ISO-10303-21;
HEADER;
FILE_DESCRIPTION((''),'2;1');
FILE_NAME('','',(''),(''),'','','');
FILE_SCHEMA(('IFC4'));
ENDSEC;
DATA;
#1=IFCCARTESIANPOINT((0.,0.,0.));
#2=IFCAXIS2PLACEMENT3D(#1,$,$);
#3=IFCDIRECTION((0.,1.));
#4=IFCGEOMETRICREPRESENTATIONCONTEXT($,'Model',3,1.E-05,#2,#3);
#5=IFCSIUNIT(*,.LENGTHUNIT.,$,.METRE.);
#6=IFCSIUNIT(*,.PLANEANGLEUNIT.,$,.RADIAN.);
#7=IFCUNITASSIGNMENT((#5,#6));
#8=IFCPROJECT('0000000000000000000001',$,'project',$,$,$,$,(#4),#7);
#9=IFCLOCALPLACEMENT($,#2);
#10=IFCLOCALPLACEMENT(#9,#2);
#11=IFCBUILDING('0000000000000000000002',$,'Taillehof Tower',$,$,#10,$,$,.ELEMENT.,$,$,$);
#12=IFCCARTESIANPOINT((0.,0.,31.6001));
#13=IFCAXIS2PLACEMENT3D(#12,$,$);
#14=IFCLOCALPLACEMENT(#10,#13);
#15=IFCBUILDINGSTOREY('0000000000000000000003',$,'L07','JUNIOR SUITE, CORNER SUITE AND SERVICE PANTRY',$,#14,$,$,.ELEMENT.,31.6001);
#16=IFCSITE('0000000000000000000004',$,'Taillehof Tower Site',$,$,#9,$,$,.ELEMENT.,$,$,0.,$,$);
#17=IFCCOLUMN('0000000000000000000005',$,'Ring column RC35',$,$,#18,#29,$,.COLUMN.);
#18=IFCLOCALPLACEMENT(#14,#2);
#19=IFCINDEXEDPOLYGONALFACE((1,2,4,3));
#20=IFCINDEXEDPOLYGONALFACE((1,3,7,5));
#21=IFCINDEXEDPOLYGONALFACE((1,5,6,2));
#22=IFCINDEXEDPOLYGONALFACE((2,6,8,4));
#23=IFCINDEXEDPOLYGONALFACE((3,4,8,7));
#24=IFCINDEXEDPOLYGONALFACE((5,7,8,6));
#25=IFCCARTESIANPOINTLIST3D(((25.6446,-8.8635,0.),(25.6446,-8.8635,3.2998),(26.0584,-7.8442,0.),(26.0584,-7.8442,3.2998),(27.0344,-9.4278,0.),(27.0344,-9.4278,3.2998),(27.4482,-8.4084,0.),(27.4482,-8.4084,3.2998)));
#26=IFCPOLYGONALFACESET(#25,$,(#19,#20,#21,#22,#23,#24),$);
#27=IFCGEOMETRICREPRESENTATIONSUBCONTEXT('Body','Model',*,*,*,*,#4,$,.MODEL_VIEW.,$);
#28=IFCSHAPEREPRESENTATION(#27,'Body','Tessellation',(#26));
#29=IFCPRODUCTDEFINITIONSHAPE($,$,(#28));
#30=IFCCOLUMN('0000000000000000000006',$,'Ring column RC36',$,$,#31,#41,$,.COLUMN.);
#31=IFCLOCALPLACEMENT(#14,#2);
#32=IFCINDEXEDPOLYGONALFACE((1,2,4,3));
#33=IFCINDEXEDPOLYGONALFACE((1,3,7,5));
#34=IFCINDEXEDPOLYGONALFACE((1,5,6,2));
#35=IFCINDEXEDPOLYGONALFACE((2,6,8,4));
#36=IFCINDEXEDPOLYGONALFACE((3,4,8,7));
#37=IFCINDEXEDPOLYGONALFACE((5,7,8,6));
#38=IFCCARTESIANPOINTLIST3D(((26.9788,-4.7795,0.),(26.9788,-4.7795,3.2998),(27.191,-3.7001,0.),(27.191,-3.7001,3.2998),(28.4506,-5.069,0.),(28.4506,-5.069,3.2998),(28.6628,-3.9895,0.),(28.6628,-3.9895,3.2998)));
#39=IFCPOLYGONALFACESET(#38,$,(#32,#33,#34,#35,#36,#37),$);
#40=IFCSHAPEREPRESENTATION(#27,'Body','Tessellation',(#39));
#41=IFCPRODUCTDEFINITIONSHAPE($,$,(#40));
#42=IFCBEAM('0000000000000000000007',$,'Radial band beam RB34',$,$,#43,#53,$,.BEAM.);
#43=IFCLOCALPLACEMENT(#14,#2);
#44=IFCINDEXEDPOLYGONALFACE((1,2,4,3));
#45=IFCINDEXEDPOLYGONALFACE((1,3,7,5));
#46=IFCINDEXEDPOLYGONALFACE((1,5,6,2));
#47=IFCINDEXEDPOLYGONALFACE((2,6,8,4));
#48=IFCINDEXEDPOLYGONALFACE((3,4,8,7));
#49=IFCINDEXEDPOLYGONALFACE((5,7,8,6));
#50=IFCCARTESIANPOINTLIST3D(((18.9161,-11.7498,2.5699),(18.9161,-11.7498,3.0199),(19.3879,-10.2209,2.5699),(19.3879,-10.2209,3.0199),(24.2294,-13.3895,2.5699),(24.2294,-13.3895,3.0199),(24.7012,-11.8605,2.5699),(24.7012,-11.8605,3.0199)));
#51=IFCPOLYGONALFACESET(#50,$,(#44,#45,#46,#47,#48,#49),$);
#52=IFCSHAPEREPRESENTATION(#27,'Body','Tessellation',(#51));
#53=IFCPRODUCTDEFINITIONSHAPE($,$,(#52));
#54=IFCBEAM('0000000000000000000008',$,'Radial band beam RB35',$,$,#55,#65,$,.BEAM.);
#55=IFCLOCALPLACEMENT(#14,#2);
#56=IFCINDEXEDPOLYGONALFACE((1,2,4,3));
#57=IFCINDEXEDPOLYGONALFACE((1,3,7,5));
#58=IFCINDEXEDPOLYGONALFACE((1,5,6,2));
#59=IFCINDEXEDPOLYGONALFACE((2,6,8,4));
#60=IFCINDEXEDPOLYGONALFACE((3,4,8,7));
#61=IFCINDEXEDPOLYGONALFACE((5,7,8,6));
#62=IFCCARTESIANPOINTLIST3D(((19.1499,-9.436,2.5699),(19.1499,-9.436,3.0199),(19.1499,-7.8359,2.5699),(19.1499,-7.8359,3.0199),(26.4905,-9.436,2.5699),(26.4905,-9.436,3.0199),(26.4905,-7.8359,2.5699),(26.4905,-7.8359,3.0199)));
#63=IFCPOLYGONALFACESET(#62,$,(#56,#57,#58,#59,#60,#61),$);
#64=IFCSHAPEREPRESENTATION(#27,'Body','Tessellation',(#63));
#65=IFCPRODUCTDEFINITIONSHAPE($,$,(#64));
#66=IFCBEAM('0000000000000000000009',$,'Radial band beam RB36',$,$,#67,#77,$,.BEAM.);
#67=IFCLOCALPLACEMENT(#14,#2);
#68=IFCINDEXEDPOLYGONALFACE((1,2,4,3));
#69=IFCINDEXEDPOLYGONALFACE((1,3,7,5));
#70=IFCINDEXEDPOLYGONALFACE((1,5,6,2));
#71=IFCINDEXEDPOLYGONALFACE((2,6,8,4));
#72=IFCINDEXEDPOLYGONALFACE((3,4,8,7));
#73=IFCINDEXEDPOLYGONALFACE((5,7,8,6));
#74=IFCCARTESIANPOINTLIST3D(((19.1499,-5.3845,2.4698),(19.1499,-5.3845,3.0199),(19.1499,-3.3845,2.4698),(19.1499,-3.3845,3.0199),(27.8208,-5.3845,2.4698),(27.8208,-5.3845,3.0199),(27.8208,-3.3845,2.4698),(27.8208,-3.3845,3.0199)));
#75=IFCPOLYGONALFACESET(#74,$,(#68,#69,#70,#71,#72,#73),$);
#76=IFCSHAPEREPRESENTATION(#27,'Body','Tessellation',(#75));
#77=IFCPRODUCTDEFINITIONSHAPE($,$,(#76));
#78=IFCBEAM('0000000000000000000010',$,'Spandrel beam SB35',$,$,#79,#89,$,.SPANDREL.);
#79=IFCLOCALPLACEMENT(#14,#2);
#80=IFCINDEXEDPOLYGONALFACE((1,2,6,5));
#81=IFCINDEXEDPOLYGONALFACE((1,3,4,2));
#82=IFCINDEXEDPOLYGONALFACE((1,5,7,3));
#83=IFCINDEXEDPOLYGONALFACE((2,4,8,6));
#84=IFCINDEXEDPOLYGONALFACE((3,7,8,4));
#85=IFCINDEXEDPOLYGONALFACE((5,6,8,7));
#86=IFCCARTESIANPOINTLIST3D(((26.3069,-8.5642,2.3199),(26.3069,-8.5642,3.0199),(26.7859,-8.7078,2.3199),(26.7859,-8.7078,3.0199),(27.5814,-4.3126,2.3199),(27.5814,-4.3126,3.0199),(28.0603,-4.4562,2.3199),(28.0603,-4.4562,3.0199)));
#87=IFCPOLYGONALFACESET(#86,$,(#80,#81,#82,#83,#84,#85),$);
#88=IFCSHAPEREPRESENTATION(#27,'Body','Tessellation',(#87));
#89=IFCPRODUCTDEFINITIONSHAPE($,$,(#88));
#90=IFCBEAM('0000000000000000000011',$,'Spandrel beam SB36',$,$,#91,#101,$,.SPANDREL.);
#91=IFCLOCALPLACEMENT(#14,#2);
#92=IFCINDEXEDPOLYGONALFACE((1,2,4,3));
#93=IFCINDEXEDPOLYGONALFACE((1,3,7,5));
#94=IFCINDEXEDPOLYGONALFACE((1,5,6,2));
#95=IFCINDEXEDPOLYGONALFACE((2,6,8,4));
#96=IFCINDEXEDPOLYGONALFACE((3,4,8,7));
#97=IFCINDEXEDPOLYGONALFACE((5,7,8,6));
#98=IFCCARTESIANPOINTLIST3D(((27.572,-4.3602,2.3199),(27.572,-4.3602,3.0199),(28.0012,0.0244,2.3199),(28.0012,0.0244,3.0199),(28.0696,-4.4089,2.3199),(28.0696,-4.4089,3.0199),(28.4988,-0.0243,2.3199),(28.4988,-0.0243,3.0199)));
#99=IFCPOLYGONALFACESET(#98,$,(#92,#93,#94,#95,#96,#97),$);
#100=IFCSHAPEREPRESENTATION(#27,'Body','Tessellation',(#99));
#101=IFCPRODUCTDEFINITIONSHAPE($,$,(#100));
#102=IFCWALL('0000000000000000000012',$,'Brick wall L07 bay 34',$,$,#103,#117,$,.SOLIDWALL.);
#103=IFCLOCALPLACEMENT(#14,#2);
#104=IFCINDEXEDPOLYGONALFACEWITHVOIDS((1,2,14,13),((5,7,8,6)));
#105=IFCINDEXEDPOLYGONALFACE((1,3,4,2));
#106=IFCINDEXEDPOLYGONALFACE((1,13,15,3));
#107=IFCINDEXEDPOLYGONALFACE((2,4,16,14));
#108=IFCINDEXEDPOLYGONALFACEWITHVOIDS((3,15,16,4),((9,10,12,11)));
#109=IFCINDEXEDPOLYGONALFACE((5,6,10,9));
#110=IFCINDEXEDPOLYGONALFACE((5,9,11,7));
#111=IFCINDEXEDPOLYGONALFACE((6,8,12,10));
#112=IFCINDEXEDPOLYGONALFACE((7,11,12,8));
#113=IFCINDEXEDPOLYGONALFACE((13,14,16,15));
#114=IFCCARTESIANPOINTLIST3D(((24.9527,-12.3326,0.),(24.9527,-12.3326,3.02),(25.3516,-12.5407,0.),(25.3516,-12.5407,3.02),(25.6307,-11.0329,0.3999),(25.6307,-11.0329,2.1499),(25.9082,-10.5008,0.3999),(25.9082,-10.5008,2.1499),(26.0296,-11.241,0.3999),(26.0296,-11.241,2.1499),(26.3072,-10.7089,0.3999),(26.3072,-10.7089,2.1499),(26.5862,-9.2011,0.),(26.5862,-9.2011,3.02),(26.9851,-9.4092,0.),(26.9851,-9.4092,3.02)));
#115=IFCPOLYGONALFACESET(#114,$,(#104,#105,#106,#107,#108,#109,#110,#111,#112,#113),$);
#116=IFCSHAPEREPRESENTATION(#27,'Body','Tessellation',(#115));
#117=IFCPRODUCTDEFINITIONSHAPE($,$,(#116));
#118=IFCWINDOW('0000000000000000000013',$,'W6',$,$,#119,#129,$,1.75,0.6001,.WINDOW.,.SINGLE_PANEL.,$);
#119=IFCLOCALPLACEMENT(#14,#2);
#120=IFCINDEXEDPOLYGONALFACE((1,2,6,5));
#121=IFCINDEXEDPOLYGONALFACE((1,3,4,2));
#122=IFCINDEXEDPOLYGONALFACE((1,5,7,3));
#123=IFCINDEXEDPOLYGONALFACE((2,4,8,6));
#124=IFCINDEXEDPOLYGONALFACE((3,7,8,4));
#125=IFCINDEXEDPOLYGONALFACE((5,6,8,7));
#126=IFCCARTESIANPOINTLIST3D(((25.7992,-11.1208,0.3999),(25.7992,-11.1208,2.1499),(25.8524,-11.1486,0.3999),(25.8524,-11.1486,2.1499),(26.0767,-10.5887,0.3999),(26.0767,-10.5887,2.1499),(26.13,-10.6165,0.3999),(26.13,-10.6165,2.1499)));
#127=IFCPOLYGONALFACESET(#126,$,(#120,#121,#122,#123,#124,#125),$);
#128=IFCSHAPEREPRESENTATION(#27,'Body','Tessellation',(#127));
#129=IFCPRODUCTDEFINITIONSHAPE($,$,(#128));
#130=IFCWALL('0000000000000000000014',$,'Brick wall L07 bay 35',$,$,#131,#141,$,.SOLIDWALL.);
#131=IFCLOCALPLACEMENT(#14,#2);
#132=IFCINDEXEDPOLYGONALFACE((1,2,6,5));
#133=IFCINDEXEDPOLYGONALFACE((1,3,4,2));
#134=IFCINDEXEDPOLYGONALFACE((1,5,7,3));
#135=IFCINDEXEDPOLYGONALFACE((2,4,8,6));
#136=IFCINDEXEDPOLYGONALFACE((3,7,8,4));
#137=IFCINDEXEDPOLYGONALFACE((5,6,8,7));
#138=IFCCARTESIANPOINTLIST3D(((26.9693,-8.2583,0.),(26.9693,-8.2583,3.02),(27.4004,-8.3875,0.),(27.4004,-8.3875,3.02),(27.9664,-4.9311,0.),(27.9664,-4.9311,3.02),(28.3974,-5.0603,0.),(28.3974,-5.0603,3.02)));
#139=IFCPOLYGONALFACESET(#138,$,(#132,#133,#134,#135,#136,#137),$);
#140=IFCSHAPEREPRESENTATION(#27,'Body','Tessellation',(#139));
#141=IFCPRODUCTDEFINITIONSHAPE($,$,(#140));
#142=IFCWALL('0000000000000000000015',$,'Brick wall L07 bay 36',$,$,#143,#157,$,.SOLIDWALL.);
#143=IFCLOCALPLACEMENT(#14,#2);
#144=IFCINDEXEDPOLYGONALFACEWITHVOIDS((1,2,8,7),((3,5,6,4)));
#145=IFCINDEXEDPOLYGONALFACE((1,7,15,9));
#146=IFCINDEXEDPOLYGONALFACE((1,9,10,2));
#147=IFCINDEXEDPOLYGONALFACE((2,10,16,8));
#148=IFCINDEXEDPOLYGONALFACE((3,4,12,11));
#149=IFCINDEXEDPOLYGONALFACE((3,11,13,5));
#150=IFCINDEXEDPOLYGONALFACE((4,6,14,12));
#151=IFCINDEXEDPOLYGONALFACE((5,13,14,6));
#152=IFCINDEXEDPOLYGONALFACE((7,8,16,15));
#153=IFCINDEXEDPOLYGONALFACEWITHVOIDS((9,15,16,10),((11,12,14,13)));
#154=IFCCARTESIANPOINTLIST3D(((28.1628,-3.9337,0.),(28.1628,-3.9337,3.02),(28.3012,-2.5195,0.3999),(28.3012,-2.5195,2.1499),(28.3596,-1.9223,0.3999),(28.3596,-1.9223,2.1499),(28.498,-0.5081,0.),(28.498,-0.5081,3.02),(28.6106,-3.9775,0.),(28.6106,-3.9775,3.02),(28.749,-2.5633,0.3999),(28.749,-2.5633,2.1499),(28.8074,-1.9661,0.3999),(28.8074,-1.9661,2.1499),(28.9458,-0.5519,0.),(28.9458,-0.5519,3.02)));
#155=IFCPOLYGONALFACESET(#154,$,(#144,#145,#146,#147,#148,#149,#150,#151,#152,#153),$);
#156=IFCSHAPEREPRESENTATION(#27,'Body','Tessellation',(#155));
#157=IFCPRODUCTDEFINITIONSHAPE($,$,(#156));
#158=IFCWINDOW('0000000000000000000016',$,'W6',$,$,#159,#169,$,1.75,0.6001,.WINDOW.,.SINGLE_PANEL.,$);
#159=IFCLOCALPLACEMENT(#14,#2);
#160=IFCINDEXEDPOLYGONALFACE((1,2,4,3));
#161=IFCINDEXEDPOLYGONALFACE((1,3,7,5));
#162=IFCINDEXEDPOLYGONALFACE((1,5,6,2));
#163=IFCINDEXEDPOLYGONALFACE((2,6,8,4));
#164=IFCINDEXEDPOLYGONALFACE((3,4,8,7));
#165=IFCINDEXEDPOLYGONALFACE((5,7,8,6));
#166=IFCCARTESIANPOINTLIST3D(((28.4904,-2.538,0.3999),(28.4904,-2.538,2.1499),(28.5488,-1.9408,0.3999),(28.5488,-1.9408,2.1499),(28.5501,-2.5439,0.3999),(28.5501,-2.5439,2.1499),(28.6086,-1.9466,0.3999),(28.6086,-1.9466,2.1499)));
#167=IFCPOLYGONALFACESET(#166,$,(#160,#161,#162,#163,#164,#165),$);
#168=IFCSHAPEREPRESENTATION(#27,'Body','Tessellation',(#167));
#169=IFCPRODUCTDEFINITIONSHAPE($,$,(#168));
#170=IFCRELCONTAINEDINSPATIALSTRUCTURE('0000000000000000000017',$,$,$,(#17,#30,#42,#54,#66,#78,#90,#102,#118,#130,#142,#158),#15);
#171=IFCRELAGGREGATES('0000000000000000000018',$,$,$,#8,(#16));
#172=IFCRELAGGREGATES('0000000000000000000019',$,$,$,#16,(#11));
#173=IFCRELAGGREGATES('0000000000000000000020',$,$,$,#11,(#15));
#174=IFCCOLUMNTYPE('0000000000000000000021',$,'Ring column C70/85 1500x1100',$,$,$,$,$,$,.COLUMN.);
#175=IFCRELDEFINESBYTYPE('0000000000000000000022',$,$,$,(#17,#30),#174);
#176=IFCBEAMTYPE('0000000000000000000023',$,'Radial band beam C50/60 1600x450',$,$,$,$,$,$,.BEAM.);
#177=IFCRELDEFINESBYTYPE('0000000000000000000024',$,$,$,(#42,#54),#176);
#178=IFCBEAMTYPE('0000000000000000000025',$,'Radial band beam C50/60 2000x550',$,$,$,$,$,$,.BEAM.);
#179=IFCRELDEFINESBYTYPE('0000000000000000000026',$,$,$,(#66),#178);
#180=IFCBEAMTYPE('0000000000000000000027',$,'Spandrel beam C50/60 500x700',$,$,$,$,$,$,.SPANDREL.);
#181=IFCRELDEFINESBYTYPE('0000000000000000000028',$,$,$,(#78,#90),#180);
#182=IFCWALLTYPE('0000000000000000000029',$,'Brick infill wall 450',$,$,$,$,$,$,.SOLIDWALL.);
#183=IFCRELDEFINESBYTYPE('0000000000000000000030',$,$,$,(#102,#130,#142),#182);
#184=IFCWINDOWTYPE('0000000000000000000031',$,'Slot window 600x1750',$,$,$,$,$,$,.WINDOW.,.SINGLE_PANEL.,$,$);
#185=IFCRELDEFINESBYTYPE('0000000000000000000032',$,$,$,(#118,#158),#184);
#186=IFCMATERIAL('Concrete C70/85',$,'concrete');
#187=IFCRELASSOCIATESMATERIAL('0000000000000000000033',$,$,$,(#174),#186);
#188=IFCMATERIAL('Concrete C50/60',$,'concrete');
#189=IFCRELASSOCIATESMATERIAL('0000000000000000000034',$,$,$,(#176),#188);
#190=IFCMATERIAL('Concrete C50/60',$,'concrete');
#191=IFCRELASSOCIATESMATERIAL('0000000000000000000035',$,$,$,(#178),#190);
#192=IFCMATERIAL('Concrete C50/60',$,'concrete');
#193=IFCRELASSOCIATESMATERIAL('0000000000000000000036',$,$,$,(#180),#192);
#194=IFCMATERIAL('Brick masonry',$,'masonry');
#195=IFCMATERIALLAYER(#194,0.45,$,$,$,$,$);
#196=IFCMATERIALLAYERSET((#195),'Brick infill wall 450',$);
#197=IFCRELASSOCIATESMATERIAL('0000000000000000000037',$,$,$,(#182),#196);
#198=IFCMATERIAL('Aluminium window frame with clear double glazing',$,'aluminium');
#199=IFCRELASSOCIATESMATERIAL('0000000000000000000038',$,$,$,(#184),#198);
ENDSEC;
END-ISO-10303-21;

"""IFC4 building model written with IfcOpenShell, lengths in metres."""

from ifc_helpers import new_model, si_unit, direction, frame, frame_2d, origin, origin_2d, place, context, subcontext, project, spatial, rectangle, extrude, material, layer, layer_set, material_profile, profile_set, type_object, element, fill, save


model = new_model("IFC4")

# Units and contexts
model_context = context("Model", 3, precision=1e-05, world=origin(), true_north=direction((0.0, 1.0)))
body_context = subcontext(model_context, "Body", "Model", "MODEL_VIEW")
ifc_project = project(units=[si_unit("LENGTHUNIT", "METRE"), si_unit("PLANEANGLEUNIT", "RADIAN")], contexts=[model_context])

# Site, building, storey
site_placement = place(None, origin())
site = spatial("IfcSite", under=ifc_project, at=site_placement, Name="Taillehof Tower Site", CompositionType="ELEMENT", RefElevation=0.0)
building_placement = place(site_placement, origin())
building = spatial("IfcBuilding", under=site, at=building_placement, Name="Taillehof Tower", CompositionType="ELEMENT")
storey_placement = place(building_placement, frame((0.0, 0.0, 31.6001)))
storey = spatial("IfcBuildingStorey", under=building, at=storey_placement, Name="L07", Description="JUNIOR SUITE, CORNER SUITE AND SERVICE PANTRY", CompositionType="ELEMENT", Elevation=31.6001)

# Columns
ifc_material_1 = material(Name="Concrete C70/85", Category="concrete")
ifc_material_profile_1 = material_profile(ifc_material_1, rectangle(XDim=1.5, YDim=1.1001, at=origin_2d()), Name="RC 1500x1100")
ifc_profile_set_1 = profile_set([ifc_material_profile_1], Name="Concrete C70/85")
column_type = type_object("IfcColumnType", Name="Ring column C70/85 1500x1100", PredefinedType="COLUMN", material=ifc_profile_set_1)
for number, where, z_axis, x_axis, name in (
    (1, (26.5464, -8.636, 0.0), (0.0, 0.0, 1.0), (0.926558, -0.376152, 0.0), "Ring column RC35"),
    (2, (27.8208, -4.3845, 0.0), (0.0, 0.0, 1.0), (0.981204, -0.192976, 0.0), "Ring column RC36"),
):
    element("IfcColumn", number, at=place(storey_placement, frame(where, z_axis=z_axis, x_axis=x_axis)), inside=storey, type_object=column_type, Name=name, PredefinedType="COLUMN", context=body_context, shape_type="SweptSolid", body=[
        extrude(rectangle(XDim=1.5, YDim=1.1001, at=origin_2d()), origin(), (0.0, 0.0, 1.0), 3.2998),
    ])

# Beams
ifc_material_2 = material(Name="Concrete C50/60", Category="concrete")
ifc_material_profile_2 = material_profile(ifc_material_2, rectangle(XDim=1.6001, YDim=0.45, at=origin_2d()), Name="RC 1600x450")
ifc_profile_set_2 = profile_set([ifc_material_profile_2], Name="Concrete C50/60")
beam_type_1 = type_object("IfcBeamType", Name="Radial band beam C50/60 1600x450", PredefinedType="BEAM", material=ifc_profile_set_2)
beam_1_placement = place(storey_placement, frame((24.4653, -12.625, 2.7949), z_axis=(-0.955536, 0.294876, 0.0), x_axis=(-0.294876, -0.955536, 0.0)))
element("IfcBeam", 3, at=beam_1_placement, inside=storey, type_object=beam_type_1, Name="Radial band beam RB34", PredefinedType="BEAM", context=body_context, shape_type="SweptSolid", body=[
    extrude(rectangle(XDim=1.6001, YDim=0.45, at=origin_2d()), origin(), (0.0, 0.0, 1.0), 5.5605),
])
beam_2_placement = place(storey_placement, frame((26.4905, -8.636, 2.7949), z_axis=(-1.0, 0.0, 0.0), x_axis=(0.0, -1.0, 0.0)))
element("IfcBeam", 4, at=beam_2_placement, inside=storey, type_object=beam_type_1, Name="Radial band beam RB35", PredefinedType="BEAM", context=body_context, shape_type="SweptSolid", body=[
    extrude(rectangle(XDim=1.6001, YDim=0.45, at=origin_2d()), origin(), (0.0, 0.0, 1.0), 7.3406),
])
ifc_material_3 = material(Name="Concrete C50/60", Category="concrete")
ifc_material_profile_3 = material_profile(ifc_material_3, rectangle(XDim=2.0, YDim=0.55, at=origin_2d()), Name="RC 2000x550")
ifc_profile_set_3 = profile_set([ifc_material_profile_3], Name="Concrete C50/60")
beam_type_2 = type_object("IfcBeamType", Name="Radial band beam C50/60 2000x550", PredefinedType="BEAM", material=ifc_profile_set_3)
beam_3_placement = place(storey_placement, frame((27.8208, -4.3845, 2.7449), z_axis=(-1.0, 0.0, 0.0), x_axis=(0.0, -1.0, 0.0)))
element("IfcBeam", 5, at=beam_3_placement, inside=storey, type_object=beam_type_2, Name="Radial band beam RB36", PredefinedType="BEAM", context=body_context, shape_type="SweptSolid", body=[
    extrude(rectangle(XDim=2.0, YDim=0.55, at=origin_2d()), origin(), (0.0, 0.0, 1.0), 8.6709),
])
ifc_material_4 = material(Name="Concrete C50/60", Category="concrete")
ifc_material_profile_4 = material_profile(ifc_material_4, rectangle(XDim=0.5, YDim=0.7, at=origin_2d()), Name="RC 500x700")
ifc_profile_set_4 = profile_set([ifc_material_profile_4], Name="Concrete C50/60")
beam_type_3 = type_object("IfcBeamType", Name="Spandrel beam C50/60 500x700", PredefinedType="SPANDREL", material=ifc_profile_set_4)
beam_4_placement = place(storey_placement, frame((26.5464, -8.636, 2.6699), z_axis=(0.287136, 0.95789, 0.0), x_axis=(-0.95789, 0.287136, 0.0)))
element("IfcBeam", 6, at=beam_4_placement, inside=storey, type_object=beam_type_3, Name="Spandrel beam SB35", PredefinedType="SPANDREL", context=body_context, shape_type="SweptSolid", body=[
    extrude(rectangle(XDim=0.5, YDim=0.7, at=origin_2d()), origin(), (0.0, 0.0, 1.0), 4.4385),
])
beam_5_placement = place(storey_placement, frame((27.8208, -4.3845, 2.6699), z_axis=(0.097424, 0.995243, 0.0), x_axis=(-0.995243, 0.097424, 0.0)))
element("IfcBeam", 7, at=beam_5_placement, inside=storey, type_object=beam_type_3, Name="Spandrel beam SB36", PredefinedType="SPANDREL", context=body_context, shape_type="SweptSolid", body=[
    extrude(rectangle(XDim=0.5, YDim=0.7, at=origin_2d()), origin(), (0.0, 0.0, 1.0), 4.4055),
])

# Wall, opening, window
ifc_material_5 = material(Name="Brick masonry", Category="masonry")
ifc_layer_1 = layer(ifc_material_5, 0.45)
ifc_layer_set_1 = layer_set([ifc_layer_1], Name="Brick infill wall 450")
wall_type_1 = type_object("IfcWallType", Name="Brick infill wall 450", PredefinedType="SOLIDWALL", material=ifc_layer_set_1)
wall_1_placement = place(storey_placement, frame((25.1521, -12.4368, 0.0), z_axis=(0.0, 0.0, 1.0), x_axis=(0.462493, 0.886623, 0.0)))
wall_1 = element("IfcWall", 8, at=wall_1_placement, inside=storey, type_object=wall_type_1, Name="Brick wall L07 bay 34", PredefinedType="SOLIDWALL", context=body_context, shape_type="SweptSolid", body=[
    extrude(rectangle(XDim=3.532, YDim=0.45, at=frame_2d((1.7661, 0.0))), origin(), (0.0, 0.0, 1.0), 3.02),
])
opening_1_placement = place(wall_1_placement, frame((1.4661, 0.0, 0.3999)))
opening_1 = element("IfcOpeningElement", 9, at=opening_1_placement, cuts=wall_1, PredefinedType="OPENING", context=body_context, shape_type="SweptSolid", body=[
    extrude(rectangle(XDim=0.6001, YDim=1.75, at=frame_2d((0.3, 0.875))), frame((0.0, 0.2349, 0.0), z_axis=(0.0, -1.0, 0.0), x_axis=(1.0, 0.0, 0.0)), (0.0, 0.0, 1.0), 0.47),
])
ifc_material_6 = material(Name="Aluminium window frame with clear double glazing", Category="aluminium")
window_type = type_object("IfcWindowType", Name="Slot window 600x1750", PartitioningType="SINGLE_PANEL", PredefinedType="WINDOW", material=ifc_material_6)
window_1_placement = place(opening_1_placement, origin())
window_1 = element("IfcWindow", 10, at=window_1_placement, inside=storey, type_object=window_type, Name="W6", OverallHeight=1.75, OverallWidth=0.6001, PartitioningType="SINGLE_PANEL", PredefinedType="WINDOW", context=body_context, shape_type="SweptSolid", body=[
    extrude(rectangle(XDim=0.6001, YDim=1.75, at=frame_2d((0.3, 0.875))), frame((0.0, 0.0349, 0.0), z_axis=(0.0, -1.0, 0.0), x_axis=(1.0, 0.0, 0.0)), (0.0, 0.0, 1.0), 0.0601),
])
fill(opening_1, window_1)

# Wall
wall_2_placement = place(storey_placement, frame((27.1848, -8.323, 0.0), z_axis=(0.0, 0.0, 1.0), x_axis=(0.287064, 0.957911, 0.0)))
element("IfcWall", 11, at=wall_2_placement, inside=storey, type_object=wall_type_1, Name="Brick wall L07 bay 35", PredefinedType="SOLIDWALL", context=body_context, shape_type="SweptSolid", body=[
    extrude(rectangle(XDim=3.4734, YDim=0.45, at=frame_2d((1.7368, 0.0))), origin(), (0.0, 0.0, 1.0), 3.02),
])

# Wall, opening, window
wall_3_placement = place(storey_placement, frame((28.3867, -3.9556, 0.0), z_axis=(0.0, 0.0, 1.0), x_axis=(0.09739, 0.995246, 0.0)))
wall_3 = element("IfcWall", 12, at=wall_3_placement, inside=storey, type_object=wall_type_1, Name="Brick wall L07 bay 36", PredefinedType="SOLIDWALL", context=body_context, shape_type="SweptSolid", body=[
    extrude(rectangle(XDim=3.4419, YDim=0.45, at=frame_2d((1.7209, 0.0))), origin(), (0.0, 0.0, 1.0), 3.02),
])
opening_2_placement = place(wall_3_placement, frame((1.4209, 0.0, 0.3999)))
opening_2 = element("IfcOpeningElement", 13, at=opening_2_placement, cuts=wall_3, PredefinedType="OPENING", context=body_context, shape_type="SweptSolid", body=[
    extrude(rectangle(XDim=0.6001, YDim=1.75, at=frame_2d((0.3, 0.875))), frame((0.0, 0.2349, 0.0), z_axis=(0.0, -1.0, 0.0), x_axis=(1.0, 0.0, 0.0)), (0.0, 0.0, 1.0), 0.47),
])
window_2_placement = place(opening_2_placement, origin())
window_2 = element("IfcWindow", 14, at=window_2_placement, inside=storey, type_object=window_type, Name="W6", OverallHeight=1.75, OverallWidth=0.6001, PartitioningType="SINGLE_PANEL", PredefinedType="WINDOW", context=body_context, shape_type="SweptSolid", body=[
    extrude(rectangle(XDim=0.6001, YDim=1.75, at=frame_2d((0.3, 0.875))), frame((0.0, 0.0349, 0.0), z_axis=(0.0, -1.0, 0.0), x_axis=(1.0, 0.0, 0.0)), (0.0, 0.0, 1.0), 0.0601),
])
fill(opening_2, window_2)

save(model, "model.ifc")
